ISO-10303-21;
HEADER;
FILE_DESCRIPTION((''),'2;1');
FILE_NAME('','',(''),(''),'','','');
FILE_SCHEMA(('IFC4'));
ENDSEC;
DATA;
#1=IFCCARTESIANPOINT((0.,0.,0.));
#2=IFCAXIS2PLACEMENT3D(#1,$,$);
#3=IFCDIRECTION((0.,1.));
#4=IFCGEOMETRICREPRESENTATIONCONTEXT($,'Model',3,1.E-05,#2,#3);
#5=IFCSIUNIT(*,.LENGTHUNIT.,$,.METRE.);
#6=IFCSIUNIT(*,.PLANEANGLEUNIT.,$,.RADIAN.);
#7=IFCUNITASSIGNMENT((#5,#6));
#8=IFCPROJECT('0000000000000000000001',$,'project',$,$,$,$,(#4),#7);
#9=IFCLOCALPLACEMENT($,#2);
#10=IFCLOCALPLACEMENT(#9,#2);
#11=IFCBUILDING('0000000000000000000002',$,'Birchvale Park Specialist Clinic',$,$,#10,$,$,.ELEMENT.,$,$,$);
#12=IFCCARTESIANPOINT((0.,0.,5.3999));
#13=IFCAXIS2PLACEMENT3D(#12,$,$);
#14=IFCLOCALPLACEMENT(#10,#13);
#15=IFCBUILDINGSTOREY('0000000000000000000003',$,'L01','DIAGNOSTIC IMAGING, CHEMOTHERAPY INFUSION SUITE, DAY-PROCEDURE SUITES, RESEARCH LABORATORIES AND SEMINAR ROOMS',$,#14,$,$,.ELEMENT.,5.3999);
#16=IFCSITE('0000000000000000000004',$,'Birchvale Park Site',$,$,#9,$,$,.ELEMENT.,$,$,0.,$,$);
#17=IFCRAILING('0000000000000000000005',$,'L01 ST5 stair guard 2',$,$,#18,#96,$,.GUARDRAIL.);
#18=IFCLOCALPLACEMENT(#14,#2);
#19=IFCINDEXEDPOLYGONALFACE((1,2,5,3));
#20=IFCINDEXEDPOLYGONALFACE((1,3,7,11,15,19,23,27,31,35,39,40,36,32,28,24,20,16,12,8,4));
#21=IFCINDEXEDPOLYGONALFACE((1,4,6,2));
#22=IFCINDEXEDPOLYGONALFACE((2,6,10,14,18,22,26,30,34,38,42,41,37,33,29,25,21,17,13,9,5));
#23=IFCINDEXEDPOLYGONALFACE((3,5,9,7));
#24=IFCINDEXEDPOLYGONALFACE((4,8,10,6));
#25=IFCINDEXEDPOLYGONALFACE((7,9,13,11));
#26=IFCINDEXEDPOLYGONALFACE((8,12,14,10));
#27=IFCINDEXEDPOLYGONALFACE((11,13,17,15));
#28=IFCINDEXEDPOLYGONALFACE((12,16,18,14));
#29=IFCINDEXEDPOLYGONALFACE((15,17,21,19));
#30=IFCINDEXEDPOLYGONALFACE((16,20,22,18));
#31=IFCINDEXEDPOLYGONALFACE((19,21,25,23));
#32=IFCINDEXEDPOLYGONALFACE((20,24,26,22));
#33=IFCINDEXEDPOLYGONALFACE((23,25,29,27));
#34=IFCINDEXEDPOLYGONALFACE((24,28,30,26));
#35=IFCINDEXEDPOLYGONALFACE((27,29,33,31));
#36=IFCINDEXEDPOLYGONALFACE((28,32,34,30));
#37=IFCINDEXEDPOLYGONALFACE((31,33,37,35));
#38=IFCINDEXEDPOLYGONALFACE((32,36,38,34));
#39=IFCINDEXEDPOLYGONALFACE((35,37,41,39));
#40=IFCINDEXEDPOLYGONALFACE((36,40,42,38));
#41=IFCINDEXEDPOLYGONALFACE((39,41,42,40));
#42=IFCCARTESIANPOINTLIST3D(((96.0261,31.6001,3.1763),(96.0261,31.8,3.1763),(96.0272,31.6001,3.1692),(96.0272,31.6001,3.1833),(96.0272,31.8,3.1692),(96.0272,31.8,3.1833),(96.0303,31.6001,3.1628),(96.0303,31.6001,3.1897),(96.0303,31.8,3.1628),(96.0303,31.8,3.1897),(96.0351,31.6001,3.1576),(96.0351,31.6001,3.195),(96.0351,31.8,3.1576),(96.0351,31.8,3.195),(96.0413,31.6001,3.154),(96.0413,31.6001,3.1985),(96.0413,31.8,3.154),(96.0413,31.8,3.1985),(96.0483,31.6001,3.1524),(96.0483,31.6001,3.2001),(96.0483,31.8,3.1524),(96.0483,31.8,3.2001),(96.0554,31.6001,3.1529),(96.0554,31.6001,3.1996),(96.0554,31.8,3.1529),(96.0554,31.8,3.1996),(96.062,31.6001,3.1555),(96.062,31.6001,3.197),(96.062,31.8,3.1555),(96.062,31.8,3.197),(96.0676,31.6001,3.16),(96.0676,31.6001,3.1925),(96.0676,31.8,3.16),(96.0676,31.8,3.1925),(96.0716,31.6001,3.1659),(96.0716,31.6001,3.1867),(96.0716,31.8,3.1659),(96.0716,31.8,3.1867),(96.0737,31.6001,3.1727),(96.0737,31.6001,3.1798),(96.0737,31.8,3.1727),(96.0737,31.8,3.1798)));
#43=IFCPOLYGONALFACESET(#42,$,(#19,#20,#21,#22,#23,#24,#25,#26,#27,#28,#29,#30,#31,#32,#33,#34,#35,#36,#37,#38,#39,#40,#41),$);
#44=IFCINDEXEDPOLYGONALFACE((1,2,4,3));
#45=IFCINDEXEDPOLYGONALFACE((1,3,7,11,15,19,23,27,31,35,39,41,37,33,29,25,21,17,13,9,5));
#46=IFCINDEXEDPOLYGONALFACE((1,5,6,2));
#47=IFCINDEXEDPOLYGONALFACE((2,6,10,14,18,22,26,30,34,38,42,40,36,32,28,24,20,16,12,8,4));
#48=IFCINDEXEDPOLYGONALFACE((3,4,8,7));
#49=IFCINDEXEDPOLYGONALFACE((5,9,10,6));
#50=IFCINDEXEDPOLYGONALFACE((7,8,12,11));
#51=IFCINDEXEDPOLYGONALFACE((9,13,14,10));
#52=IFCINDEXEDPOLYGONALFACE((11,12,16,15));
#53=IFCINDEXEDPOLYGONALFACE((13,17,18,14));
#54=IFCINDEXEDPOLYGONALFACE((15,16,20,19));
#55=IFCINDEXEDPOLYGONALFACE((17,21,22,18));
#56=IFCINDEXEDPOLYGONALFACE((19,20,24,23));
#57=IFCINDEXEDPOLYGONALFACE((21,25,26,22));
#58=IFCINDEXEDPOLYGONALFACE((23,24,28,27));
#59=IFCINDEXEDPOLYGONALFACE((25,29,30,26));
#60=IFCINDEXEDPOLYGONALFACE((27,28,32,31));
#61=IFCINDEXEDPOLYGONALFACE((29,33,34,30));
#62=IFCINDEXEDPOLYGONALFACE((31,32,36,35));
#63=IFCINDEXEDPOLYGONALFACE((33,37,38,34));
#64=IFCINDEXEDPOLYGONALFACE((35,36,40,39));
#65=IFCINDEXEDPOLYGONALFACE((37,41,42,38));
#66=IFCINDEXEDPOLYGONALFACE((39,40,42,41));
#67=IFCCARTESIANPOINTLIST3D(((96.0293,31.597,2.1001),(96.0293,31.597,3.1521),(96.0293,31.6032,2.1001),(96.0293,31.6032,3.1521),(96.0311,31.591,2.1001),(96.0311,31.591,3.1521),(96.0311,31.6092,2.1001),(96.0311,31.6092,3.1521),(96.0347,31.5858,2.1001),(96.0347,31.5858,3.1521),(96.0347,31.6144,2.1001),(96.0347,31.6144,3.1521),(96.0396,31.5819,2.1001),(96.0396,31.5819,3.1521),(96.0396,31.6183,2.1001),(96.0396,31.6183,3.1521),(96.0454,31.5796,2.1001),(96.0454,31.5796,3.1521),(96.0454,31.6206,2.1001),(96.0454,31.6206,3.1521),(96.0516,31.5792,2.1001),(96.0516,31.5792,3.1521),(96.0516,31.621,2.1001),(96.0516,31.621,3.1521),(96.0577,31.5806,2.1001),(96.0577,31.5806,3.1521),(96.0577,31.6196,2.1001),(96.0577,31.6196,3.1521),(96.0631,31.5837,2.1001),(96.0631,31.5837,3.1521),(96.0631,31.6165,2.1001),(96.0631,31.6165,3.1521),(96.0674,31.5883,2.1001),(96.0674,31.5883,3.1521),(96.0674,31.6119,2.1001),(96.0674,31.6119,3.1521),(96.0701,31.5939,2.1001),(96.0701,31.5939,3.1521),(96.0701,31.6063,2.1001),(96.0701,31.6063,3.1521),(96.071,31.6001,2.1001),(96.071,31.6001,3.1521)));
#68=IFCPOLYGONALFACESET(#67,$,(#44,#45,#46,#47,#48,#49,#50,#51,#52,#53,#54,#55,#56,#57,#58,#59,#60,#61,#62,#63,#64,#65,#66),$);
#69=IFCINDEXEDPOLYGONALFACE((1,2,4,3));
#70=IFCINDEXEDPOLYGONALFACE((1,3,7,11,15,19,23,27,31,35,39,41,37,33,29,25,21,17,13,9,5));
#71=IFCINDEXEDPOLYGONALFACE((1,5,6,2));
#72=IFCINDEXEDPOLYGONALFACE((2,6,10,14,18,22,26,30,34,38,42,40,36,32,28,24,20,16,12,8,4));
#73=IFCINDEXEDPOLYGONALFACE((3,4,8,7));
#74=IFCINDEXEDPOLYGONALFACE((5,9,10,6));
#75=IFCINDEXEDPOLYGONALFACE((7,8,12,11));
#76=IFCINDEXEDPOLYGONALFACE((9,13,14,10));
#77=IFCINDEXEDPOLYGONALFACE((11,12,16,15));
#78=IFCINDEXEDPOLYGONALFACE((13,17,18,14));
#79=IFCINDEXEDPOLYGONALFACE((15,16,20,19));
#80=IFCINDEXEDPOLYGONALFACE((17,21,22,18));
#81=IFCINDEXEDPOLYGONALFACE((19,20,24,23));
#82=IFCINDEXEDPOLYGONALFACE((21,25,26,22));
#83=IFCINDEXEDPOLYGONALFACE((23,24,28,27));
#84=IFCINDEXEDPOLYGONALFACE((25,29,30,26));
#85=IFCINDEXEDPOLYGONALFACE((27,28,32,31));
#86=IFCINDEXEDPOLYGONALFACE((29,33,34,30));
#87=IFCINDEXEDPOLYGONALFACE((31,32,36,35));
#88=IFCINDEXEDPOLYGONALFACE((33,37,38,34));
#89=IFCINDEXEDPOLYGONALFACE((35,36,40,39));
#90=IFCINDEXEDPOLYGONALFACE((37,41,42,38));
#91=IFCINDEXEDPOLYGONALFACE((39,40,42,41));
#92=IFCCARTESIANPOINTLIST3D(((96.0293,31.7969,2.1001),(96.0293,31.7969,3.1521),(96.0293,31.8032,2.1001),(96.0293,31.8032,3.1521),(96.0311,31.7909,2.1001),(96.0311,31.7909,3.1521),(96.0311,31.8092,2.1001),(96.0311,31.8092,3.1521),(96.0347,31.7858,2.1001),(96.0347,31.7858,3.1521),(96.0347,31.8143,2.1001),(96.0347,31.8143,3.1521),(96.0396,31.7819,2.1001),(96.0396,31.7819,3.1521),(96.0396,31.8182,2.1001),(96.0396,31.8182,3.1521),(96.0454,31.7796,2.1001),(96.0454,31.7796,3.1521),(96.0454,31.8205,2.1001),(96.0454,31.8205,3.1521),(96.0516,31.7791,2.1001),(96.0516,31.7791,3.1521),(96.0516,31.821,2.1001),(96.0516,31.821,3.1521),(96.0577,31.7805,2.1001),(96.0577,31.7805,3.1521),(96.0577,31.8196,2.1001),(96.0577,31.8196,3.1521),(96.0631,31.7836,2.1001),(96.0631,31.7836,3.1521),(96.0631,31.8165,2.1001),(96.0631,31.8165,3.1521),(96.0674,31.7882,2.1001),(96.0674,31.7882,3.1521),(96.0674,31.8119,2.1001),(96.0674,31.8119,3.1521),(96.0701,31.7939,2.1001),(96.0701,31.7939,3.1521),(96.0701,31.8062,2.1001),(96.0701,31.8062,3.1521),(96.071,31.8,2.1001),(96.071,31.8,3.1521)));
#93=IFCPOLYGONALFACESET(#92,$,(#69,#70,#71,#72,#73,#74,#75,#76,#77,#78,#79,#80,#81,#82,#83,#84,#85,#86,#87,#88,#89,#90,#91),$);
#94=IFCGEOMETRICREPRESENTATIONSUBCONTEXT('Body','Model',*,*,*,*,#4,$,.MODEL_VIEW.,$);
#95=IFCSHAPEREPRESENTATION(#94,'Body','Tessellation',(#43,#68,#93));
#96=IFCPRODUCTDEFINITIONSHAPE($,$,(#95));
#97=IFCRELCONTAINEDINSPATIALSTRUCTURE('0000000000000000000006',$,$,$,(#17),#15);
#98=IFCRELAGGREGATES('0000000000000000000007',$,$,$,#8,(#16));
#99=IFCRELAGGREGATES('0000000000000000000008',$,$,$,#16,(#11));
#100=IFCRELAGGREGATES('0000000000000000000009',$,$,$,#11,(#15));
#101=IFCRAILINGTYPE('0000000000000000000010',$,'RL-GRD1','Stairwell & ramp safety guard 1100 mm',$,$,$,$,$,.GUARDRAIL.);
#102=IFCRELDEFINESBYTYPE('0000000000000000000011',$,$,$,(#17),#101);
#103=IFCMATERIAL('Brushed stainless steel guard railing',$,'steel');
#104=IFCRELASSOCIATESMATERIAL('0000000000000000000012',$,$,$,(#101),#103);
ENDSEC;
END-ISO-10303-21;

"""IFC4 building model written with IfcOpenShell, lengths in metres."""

from ifc_helpers import new_model, si_unit, direction, frame, origin, origin_2d, place, context, subcontext, project, spatial, circle, extrude, material, type_object, element, save


model = new_model("IFC4")

# Units and contexts
model_context = context("Model", 3, precision=1e-05, world=origin(), true_north=direction((0.0, 1.0)))
body_context = subcontext(model_context, "Body", "Model", "MODEL_VIEW")
ifc_project = project(units=[si_unit("LENGTHUNIT", "METRE"), si_unit("PLANEANGLEUNIT", "RADIAN")], contexts=[model_context])

# Site, building, storey
site_placement = place(None, origin())
site = spatial("IfcSite", under=ifc_project, at=site_placement, Name="Birchvale Park Site", CompositionType="ELEMENT", RefElevation=0.0)
building_placement = place(site_placement, origin())
building = spatial("IfcBuilding", under=site, at=building_placement, Name="Birchvale Park Specialist Clinic", CompositionType="ELEMENT")
storey_placement = place(building_placement, frame((0.0, 0.0, 5.3999)))
storey = spatial("IfcBuildingStorey", under=building, at=storey_placement, Name="L01", Description="DIAGNOSTIC IMAGING, CHEMOTHERAPY INFUSION SUITE, DAY-PROCEDURE SUITES, RESEARCH LABORATORIES AND SEMINAR ROOMS", CompositionType="ELEMENT", Elevation=5.3999)

# Railing
ifc_material_1 = material(Name="Brushed stainless steel guard railing", Category="steel")
railing_type = type_object("IfcRailingType", Name="RL-GRD1", Description="Stairwell & ramp safety guard 1100 mm", PredefinedType="GUARDRAIL", material=ifc_material_1)
railing_1_placement = place(storey_placement, frame((96.05, 31.6001, 2.1001)))
element("IfcRailing", 1, at=railing_1_placement, inside=storey, type_object=railing_type, Name="L01 ST5 stair guard 2", PredefinedType="GUARDRAIL", context=body_context, shape_type="SweptSolid", body=[
    extrude(circle(Radius=0.0239, at=origin_2d()), frame((0.0, 0.0, 1.0762), z_axis=(0.0, 1.0, 0.0), x_axis=(-1.0, 0.0, 0.0)), (0.0, 0.0, 1.0), 0.2),
    extrude(circle(Radius=0.021, at=origin_2d()), origin(), (0.0, 0.0, 1.0), 1.052),
    extrude(circle(Radius=0.021, at=origin_2d()), frame((0.0, 0.2, 0.0)), (0.0, 0.0, 1.0), 1.052),
])

save(model, "model.ifc")
